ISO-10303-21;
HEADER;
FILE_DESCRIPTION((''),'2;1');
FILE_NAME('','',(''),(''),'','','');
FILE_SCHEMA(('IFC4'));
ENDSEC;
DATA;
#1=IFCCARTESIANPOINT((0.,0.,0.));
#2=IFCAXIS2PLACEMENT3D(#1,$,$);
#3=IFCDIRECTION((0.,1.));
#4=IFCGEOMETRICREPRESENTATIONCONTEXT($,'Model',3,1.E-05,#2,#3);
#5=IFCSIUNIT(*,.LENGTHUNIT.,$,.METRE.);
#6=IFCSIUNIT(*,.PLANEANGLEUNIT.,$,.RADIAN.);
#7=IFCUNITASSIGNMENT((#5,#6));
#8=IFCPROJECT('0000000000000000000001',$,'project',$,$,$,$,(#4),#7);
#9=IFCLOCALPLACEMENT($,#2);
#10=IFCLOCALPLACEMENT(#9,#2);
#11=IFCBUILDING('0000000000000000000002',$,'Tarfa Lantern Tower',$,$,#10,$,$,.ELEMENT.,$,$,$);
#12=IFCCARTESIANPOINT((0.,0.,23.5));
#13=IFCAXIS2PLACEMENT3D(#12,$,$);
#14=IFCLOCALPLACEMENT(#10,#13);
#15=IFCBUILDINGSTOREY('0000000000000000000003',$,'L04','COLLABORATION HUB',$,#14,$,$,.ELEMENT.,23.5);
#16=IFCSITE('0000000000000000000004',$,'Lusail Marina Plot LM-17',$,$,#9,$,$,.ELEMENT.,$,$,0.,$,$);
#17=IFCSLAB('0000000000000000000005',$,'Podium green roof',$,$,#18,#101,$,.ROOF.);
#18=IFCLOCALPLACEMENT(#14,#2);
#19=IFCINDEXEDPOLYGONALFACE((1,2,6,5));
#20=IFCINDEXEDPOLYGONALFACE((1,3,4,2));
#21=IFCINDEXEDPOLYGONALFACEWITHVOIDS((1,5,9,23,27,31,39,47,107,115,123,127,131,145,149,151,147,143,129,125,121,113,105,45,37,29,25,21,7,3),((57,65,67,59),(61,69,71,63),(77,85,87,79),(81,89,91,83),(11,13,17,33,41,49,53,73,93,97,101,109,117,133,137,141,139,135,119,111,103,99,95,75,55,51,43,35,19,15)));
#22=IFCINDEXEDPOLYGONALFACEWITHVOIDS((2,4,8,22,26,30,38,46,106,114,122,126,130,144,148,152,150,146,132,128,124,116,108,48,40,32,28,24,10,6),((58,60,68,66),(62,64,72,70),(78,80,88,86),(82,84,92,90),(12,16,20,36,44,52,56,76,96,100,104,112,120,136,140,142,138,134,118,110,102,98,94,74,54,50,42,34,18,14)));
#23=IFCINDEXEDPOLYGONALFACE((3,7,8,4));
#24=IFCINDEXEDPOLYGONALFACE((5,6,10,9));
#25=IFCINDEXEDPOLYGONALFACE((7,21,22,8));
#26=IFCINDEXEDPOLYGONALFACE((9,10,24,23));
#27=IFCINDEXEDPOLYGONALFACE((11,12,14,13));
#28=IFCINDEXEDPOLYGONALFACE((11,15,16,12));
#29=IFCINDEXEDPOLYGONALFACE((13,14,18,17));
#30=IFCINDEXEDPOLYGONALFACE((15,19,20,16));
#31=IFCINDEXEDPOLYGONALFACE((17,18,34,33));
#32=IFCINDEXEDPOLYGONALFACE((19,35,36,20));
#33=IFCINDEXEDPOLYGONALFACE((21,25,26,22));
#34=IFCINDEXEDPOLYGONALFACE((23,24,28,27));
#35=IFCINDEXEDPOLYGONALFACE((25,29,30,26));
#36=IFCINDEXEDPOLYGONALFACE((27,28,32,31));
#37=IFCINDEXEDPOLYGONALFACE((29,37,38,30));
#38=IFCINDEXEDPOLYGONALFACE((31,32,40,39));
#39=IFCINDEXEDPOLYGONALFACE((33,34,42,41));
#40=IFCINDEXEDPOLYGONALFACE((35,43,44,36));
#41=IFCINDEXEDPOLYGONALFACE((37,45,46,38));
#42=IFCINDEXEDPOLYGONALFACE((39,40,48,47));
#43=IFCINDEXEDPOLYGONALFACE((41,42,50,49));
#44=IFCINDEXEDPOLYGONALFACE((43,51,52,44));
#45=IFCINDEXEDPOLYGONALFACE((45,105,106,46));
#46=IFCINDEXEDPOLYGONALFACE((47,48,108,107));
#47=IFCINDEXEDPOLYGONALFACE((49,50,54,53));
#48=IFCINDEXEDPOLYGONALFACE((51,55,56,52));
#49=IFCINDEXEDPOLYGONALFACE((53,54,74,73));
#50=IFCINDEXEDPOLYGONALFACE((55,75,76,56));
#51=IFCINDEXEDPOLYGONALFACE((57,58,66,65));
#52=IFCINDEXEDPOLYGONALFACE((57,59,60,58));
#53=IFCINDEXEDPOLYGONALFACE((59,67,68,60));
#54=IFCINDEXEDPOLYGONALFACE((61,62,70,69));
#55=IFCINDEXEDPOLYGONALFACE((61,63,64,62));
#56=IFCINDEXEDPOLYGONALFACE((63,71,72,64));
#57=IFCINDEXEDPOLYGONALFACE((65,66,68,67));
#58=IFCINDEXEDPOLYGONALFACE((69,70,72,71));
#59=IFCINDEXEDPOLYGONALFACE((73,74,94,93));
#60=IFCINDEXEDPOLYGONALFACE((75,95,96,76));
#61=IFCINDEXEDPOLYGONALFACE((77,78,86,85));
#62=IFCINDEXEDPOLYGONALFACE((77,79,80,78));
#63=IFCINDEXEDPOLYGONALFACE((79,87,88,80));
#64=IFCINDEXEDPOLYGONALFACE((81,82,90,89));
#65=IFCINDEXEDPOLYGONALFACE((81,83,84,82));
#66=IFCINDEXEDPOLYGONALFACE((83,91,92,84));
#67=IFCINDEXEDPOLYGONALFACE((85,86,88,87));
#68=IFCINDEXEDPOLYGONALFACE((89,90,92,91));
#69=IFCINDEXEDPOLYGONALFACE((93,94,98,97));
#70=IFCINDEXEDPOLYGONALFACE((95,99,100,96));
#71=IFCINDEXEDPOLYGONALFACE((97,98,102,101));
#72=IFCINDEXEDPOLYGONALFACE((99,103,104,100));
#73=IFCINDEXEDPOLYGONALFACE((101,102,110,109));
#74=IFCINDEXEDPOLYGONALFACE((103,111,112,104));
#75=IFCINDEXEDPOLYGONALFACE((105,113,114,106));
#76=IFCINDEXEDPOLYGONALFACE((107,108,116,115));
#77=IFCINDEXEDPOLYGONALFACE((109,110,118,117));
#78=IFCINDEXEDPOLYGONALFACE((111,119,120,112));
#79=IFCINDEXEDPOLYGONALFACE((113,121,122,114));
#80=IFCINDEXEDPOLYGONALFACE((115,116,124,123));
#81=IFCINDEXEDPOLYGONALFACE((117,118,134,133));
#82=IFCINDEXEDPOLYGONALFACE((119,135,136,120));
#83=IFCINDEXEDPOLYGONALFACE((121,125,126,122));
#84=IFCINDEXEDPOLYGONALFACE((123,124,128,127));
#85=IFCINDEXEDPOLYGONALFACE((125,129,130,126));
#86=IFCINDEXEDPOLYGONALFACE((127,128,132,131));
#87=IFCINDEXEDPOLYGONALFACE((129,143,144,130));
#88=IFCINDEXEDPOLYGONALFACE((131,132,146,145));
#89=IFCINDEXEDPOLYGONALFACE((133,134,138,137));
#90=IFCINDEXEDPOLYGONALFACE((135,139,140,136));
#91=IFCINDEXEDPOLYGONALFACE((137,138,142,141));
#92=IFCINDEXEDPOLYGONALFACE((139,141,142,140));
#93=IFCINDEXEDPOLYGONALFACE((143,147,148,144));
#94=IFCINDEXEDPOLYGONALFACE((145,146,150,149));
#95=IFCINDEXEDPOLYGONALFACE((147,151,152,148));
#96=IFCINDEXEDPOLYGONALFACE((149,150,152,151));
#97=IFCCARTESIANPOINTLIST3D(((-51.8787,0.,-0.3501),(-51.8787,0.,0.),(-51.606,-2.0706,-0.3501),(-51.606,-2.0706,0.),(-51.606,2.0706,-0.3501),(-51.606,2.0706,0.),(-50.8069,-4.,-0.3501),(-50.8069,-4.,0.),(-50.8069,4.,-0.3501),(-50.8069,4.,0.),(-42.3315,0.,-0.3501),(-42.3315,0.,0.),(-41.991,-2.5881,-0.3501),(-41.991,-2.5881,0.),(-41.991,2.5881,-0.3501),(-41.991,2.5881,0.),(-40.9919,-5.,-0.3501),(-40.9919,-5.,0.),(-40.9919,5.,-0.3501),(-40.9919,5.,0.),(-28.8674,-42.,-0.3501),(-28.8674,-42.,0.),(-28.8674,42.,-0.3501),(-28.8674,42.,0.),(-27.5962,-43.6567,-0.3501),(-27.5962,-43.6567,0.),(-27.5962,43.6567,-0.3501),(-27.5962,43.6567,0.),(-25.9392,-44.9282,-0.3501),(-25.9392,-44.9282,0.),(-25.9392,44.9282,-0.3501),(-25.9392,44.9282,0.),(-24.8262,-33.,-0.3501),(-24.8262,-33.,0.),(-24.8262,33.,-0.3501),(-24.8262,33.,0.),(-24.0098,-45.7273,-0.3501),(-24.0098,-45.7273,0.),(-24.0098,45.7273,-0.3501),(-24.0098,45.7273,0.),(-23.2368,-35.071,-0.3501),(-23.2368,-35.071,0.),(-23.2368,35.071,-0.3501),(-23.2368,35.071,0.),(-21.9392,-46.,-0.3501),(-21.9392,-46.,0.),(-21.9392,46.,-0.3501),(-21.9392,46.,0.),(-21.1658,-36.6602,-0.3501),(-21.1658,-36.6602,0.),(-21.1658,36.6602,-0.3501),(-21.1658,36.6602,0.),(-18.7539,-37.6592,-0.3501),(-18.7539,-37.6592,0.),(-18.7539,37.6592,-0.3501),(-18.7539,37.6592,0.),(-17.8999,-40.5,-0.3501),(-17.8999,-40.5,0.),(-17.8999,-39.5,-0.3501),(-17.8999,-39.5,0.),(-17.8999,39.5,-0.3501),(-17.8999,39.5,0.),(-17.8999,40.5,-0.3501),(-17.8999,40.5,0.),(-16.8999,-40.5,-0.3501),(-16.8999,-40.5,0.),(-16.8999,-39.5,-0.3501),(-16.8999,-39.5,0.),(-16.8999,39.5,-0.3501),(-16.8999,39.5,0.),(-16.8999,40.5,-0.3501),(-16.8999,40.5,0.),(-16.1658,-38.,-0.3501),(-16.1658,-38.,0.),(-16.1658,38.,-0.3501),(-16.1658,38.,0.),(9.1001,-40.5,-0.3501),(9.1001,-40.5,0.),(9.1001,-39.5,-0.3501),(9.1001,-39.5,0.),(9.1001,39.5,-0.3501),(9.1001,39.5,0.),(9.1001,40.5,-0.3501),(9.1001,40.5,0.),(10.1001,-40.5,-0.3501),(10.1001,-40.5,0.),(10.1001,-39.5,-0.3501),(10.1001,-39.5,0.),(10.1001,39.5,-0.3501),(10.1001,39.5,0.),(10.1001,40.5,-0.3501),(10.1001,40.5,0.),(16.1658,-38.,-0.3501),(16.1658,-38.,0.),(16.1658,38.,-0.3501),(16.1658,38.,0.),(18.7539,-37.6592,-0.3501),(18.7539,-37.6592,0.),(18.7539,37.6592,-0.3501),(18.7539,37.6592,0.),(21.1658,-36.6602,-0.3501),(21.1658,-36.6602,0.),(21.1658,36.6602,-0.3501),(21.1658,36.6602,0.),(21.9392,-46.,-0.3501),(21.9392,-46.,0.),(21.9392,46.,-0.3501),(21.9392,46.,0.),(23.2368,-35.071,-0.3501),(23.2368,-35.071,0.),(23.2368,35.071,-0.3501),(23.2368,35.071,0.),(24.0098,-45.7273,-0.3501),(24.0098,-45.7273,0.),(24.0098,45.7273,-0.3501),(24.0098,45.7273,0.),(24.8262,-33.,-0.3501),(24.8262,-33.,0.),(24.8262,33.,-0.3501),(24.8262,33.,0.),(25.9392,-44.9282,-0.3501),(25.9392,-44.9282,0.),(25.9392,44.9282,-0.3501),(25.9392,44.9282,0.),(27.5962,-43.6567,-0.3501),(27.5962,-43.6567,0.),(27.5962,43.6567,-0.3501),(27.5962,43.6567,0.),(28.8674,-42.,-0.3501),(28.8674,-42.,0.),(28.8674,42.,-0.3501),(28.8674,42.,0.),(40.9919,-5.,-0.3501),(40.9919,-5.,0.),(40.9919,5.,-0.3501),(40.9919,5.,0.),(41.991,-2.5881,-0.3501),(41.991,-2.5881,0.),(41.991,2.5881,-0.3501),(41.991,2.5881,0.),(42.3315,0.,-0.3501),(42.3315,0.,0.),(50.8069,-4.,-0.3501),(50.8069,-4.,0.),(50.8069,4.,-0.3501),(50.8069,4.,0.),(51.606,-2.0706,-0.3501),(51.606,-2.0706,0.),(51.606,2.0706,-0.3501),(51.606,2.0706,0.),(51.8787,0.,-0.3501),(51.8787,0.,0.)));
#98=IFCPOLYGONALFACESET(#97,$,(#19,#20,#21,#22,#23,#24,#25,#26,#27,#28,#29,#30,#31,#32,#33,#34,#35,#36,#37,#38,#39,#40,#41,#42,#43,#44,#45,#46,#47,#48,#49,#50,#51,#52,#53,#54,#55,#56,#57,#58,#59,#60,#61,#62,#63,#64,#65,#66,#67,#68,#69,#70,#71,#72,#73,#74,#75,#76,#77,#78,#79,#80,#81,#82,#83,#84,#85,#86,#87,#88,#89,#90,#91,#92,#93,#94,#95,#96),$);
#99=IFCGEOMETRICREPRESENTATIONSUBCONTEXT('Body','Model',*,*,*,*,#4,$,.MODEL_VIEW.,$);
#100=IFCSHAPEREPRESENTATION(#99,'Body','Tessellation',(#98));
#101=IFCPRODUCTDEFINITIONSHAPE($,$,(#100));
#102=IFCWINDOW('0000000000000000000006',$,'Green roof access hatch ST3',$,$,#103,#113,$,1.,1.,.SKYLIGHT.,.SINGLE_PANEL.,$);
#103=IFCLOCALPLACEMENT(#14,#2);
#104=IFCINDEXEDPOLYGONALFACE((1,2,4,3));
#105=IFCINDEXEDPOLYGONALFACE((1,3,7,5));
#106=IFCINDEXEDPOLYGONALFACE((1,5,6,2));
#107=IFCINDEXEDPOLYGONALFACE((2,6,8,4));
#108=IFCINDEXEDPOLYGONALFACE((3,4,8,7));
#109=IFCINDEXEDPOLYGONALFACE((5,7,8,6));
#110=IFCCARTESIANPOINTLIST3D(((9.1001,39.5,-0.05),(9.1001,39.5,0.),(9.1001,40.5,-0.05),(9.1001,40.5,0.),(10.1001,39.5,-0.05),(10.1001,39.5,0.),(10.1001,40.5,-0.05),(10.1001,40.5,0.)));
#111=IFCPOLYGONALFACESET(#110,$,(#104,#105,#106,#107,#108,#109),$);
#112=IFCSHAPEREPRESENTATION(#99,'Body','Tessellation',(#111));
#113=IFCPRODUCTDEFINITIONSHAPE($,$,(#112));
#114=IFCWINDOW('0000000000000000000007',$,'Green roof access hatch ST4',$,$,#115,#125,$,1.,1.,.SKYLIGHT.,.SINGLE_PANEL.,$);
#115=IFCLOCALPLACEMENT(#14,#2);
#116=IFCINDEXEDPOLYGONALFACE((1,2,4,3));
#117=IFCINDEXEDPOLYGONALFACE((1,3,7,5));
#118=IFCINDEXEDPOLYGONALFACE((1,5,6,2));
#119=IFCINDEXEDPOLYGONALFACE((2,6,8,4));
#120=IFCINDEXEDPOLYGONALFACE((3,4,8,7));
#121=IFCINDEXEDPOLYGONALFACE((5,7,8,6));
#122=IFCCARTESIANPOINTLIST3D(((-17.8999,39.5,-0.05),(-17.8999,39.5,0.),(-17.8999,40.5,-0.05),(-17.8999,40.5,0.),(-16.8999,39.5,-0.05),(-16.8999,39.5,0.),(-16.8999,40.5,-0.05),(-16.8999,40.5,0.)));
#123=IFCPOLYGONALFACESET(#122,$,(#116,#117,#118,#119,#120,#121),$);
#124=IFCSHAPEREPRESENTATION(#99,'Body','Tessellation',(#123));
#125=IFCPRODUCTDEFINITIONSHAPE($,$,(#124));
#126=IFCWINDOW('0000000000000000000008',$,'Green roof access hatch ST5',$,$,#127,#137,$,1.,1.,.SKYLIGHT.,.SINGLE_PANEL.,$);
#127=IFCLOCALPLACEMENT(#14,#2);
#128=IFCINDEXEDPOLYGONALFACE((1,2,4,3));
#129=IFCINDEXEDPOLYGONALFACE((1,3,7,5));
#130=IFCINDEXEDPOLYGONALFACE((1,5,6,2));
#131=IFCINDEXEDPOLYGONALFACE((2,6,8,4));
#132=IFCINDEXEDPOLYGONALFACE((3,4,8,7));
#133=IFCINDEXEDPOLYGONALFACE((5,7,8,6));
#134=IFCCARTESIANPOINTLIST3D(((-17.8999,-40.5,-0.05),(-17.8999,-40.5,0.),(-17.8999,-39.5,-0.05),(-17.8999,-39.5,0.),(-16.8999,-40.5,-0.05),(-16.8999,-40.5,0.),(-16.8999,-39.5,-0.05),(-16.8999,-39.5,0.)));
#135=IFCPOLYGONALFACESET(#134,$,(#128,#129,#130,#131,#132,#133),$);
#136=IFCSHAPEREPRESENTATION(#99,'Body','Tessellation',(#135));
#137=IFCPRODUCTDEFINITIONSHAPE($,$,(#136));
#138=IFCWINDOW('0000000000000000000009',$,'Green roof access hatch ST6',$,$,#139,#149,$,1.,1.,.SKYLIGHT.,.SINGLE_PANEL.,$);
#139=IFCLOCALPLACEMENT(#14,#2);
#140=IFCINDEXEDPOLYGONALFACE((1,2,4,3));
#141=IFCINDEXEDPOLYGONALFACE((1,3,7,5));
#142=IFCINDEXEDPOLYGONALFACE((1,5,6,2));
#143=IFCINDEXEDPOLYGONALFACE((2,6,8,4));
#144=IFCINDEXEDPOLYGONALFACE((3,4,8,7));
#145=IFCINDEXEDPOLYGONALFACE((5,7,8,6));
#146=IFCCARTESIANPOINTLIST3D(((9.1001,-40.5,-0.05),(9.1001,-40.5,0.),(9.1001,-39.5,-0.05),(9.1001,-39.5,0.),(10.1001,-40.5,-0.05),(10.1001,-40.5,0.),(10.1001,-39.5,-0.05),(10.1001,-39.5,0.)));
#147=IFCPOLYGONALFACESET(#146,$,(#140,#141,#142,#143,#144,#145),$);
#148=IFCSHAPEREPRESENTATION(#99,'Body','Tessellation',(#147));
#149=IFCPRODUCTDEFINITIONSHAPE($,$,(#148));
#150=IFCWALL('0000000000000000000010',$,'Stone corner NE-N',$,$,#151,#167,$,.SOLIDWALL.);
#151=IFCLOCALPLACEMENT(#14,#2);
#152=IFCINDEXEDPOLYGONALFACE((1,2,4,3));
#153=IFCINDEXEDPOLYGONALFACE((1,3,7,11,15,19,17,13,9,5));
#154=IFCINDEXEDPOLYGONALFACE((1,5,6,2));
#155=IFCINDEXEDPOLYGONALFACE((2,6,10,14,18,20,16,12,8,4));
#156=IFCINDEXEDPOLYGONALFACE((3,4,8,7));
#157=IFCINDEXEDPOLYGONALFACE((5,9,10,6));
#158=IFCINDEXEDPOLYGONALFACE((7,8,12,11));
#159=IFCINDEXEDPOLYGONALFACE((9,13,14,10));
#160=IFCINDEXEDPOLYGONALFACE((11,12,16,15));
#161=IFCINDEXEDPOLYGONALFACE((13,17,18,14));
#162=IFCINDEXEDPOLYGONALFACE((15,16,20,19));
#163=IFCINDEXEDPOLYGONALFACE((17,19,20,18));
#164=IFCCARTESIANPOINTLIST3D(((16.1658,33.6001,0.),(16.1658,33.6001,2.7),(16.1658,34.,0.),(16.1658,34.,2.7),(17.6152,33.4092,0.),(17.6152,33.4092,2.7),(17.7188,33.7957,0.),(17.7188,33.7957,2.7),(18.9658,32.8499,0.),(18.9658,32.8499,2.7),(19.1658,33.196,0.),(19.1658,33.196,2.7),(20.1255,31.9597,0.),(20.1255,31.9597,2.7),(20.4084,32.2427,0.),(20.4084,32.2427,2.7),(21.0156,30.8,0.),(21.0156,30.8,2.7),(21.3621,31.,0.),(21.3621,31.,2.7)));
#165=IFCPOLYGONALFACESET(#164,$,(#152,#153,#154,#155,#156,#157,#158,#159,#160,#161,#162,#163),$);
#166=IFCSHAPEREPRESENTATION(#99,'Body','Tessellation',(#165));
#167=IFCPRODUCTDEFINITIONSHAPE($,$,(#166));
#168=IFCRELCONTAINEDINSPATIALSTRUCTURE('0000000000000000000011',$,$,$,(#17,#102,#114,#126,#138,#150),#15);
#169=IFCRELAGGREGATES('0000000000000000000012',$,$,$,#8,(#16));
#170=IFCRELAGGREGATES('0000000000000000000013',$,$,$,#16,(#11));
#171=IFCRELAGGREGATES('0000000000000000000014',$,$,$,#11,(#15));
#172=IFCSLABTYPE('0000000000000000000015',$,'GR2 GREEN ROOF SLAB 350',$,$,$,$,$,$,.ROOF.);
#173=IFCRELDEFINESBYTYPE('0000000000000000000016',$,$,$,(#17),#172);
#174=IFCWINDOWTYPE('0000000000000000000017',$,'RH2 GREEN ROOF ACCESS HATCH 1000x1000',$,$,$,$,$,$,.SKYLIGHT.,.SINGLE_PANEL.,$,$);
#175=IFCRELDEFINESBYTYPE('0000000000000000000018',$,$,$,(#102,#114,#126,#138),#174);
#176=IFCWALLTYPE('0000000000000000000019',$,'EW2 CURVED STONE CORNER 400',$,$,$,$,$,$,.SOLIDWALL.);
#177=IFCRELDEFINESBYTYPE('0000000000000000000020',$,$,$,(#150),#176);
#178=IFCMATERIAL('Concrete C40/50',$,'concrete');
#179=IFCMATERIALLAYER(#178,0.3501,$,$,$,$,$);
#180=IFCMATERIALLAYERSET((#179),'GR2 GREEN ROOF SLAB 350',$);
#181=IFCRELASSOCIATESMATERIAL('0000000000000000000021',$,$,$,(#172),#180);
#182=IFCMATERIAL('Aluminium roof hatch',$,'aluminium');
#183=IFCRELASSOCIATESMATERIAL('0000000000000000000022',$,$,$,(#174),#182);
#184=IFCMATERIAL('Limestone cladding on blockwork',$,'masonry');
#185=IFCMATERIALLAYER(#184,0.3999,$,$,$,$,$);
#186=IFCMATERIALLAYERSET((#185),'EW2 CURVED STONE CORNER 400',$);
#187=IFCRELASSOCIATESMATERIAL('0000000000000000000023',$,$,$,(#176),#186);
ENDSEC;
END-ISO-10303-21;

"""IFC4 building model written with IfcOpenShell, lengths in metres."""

from ifc_helpers import new_model, si_unit, direction, frame, origin, origin_2d, place, context, subcontext, project, spatial, polyline, rectangle, outline, extrude, material, layer, layer_set, type_object, element, fill, save


model = new_model("IFC4")

# Units and contexts
model_context = context("Model", 3, precision=1e-05, world=origin(), true_north=direction((0.0, 1.0)))
body_context = subcontext(model_context, "Body", "Model", "MODEL_VIEW")
ifc_project = project(units=[si_unit("LENGTHUNIT", "METRE"), si_unit("PLANEANGLEUNIT", "RADIAN")], contexts=[model_context])

# Site, building, storey
site_placement = place(None, origin())
site = spatial("IfcSite", under=ifc_project, at=site_placement, Name="Lusail Marina Plot LM-17", CompositionType="ELEMENT", RefElevation=0.0)
building_placement = place(site_placement, origin())
building = spatial("IfcBuilding", under=site, at=building_placement, Name="Tarfa Lantern Tower", CompositionType="ELEMENT")
storey_placement = place(building_placement, frame((0.0, 0.0, 23.5)))
storey = spatial("IfcBuildingStorey", under=building, at=storey_placement, Name="L04", Description="COLLABORATION HUB", CompositionType="ELEMENT", Elevation=23.5)

# Shared definitions
ifc_material_1 = material(Name="Concrete C40/50", Category="concrete")

# Slab, openings, windows
ifc_layer_1 = layer(ifc_material_1, 0.3501)
ifc_layer_set_1 = layer_set([ifc_layer_1], Name="GR2 GREEN ROOF SLAB 350")
slab_type_1 = type_object("IfcSlabType", Name="GR2 GREEN ROOF SLAB 350", PredefinedType="ROOF", material=ifc_layer_set_1)
slab_1_placement = place(storey_placement, frame((0.0, 0.0, -0.3501)))
slab_1 = element("IfcSlab", 1, at=slab_1_placement, inside=storey, type_object=slab_type_1, Name="Podium green roof", PredefinedType="ROOF", context=body_context, shape_type="SweptSolid", body=[
    extrude(outline(polyline([(50.8069, 4.0), (28.8674, 42.0), (27.5962, 43.6567), (25.9392, 44.9282), (24.0098, 45.7273), (21.9392, 46.0), (-21.9392, 46.0), (-24.0098, 45.7273), (-25.9392, 44.9282), (-27.5962, 43.6567), (-28.8674, 42.0), (-50.8069, 4.0), (-51.606, 2.0706), (-51.8787, 0.0), (-51.606, -2.0706), (-50.8069, -4.0), (-28.8674, -42.0), (-27.5962, -43.6567), (-25.9392, -44.9282), (-24.0098, -45.7273), (-21.9392, -46.0), (21.9392, -46.0), (24.0098, -45.7273), (25.9392, -44.9282), (27.5962, -43.6567), (28.8674, -42.0), (50.8069, -4.0), (51.606, -2.0706), (51.8787, 0.0), (51.606, 2.0706), (50.8069, 4.0)]), holes=[polyline([(40.9919, 5.0), (24.8262, 33.0), (23.2368, 35.071), (21.1658, 36.6602), (18.7539, 37.6592), (16.1658, 38.0), (-16.1658, 38.0), (-18.7539, 37.6592), (-21.1658, 36.6602), (-23.2368, 35.071), (-24.8262, 33.0), (-40.9919, 5.0), (-41.991, 2.5881), (-42.3315, 0.0), (-41.991, -2.5881), (-40.9919, -5.0), (-24.8262, -33.0), (-23.2368, -35.071), (-21.1658, -36.6602), (-18.7539, -37.6592), (-16.1658, -38.0), (16.1658, -38.0), (18.7539, -37.6592), (21.1658, -36.6602), (23.2368, -35.071), (24.8262, -33.0), (40.9919, -5.0), (41.991, -2.5881), (42.3315, 0.0), (41.991, 2.5881), (40.9919, 5.0)])]), origin(), (0.0, 0.0, 1.0), 0.3501),
])
opening_1_placement = place(slab_1_placement, frame((9.6001, 40.0, 0.0)))
opening_1 = element("IfcOpeningElement", 2, at=opening_1_placement, cuts=slab_1, PredefinedType="OPENING", context=body_context, shape_type="SweptSolid", body=[
    extrude(rectangle(XDim=1.0, YDim=1.0, at=origin_2d()), origin(), (0.0, 0.0, 1.0), 0.3501),
])
opening_2_placement = place(slab_1_placement, frame((-17.3999, 40.0, 0.0)))
opening_2 = element("IfcOpeningElement", 3, at=opening_2_placement, cuts=slab_1, PredefinedType="OPENING", context=body_context, shape_type="SweptSolid", body=[
    extrude(rectangle(XDim=1.0, YDim=1.0, at=origin_2d()), origin(), (0.0, 0.0, 1.0), 0.3501),
])
opening_3_placement = place(slab_1_placement, frame((-17.3999, -40.0, 0.0)))
opening_3 = element("IfcOpeningElement", 4, at=opening_3_placement, cuts=slab_1, PredefinedType="OPENING", context=body_context, shape_type="SweptSolid", body=[
    extrude(rectangle(XDim=1.0, YDim=1.0, at=origin_2d()), origin(), (0.0, 0.0, 1.0), 0.3501),
])
opening_4_placement = place(slab_1_placement, frame((9.6001, -40.0, 0.0)))
opening_4 = element("IfcOpeningElement", 5, at=opening_4_placement, cuts=slab_1, PredefinedType="OPENING", context=body_context, shape_type="SweptSolid", body=[
    extrude(rectangle(XDim=1.0, YDim=1.0, at=origin_2d()), origin(), (0.0, 0.0, 1.0), 0.3501),
])
ifc_material_2 = material(Name="Aluminium roof hatch", Category="aluminium")
window_type = type_object("IfcWindowType", Name="RH2 GREEN ROOF ACCESS HATCH 1000x1000", PartitioningType="SINGLE_PANEL", PredefinedType="SKYLIGHT", material=ifc_material_2)
window_1_placement = place(opening_1_placement, frame((0.0, 0.0, 0.3)))
window_1 = element("IfcWindow", 6, at=window_1_placement, inside=storey, type_object=window_type, Name="Green roof access hatch ST3", OverallHeight=1.0, OverallWidth=1.0, PartitioningType="SINGLE_PANEL", PredefinedType="SKYLIGHT", context=body_context, shape_type="SweptSolid", body=[
    extrude(rectangle(XDim=1.0, YDim=1.0, at=origin_2d()), origin(), (0.0, 0.0, 1.0), 0.05),
])
fill(opening_1, window_1)
window_2_placement = place(opening_2_placement, frame((0.0, 0.0, 0.3)))
window_2 = element("IfcWindow", 7, at=window_2_placement, inside=storey, type_object=window_type, Name="Green roof access hatch ST4", OverallHeight=1.0, OverallWidth=1.0, PartitioningType="SINGLE_PANEL", PredefinedType="SKYLIGHT", context=body_context, shape_type="SweptSolid", body=[
    extrude(rectangle(XDim=1.0, YDim=1.0, at=origin_2d()), origin(), (0.0, 0.0, 1.0), 0.05),
])
fill(opening_2, window_2)
window_3_placement = place(opening_3_placement, frame((0.0, 0.0, 0.3)))
window_3 = element("IfcWindow", 8, at=window_3_placement, inside=storey, type_object=window_type, Name="Green roof access hatch ST5", OverallHeight=1.0, OverallWidth=1.0, PartitioningType="SINGLE_PANEL", PredefinedType="SKYLIGHT", context=body_context, shape_type="SweptSolid", body=[
    extrude(rectangle(XDim=1.0, YDim=1.0, at=origin_2d()), origin(), (0.0, 0.0, 1.0), 0.05),
])
fill(opening_3, window_3)
window_4_placement = place(opening_4_placement, frame((0.0, 0.0, 0.3)))
window_4 = element("IfcWindow", 9, at=window_4_placement, inside=storey, type_object=window_type, Name="Green roof access hatch ST6", OverallHeight=1.0, OverallWidth=1.0, PartitioningType="SINGLE_PANEL", PredefinedType="SKYLIGHT", context=body_context, shape_type="SweptSolid", body=[
    extrude(rectangle(XDim=1.0, YDim=1.0, at=origin_2d()), origin(), (0.0, 0.0, 1.0), 0.05),
])
fill(opening_4, window_4)

# Wall
ifc_material_3 = material(Name="Limestone cladding on blockwork", Category="masonry")
ifc_layer_2 = layer(ifc_material_3, 0.3999)
ifc_layer_set_2 = layer_set([ifc_layer_2], Name="EW2 CURVED STONE CORNER 400")
wall_type_1 = type_object("IfcWallType", Name="EW2 CURVED STONE CORNER 400", PredefinedType="SOLIDWALL", material=ifc_layer_set_2)
wall_1_placement = place(storey_placement, origin())
element("IfcWall", 10, at=wall_1_placement, inside=storey, type_object=wall_type_1, Name="Stone corner NE-N", PredefinedType="SOLIDWALL", context=body_context, shape_type="SweptSolid", body=[
    extrude(outline(polyline([(21.3621, 31.0), (20.4084, 32.2427), (19.1658, 33.196), (17.7188, 33.7957), (16.1658, 34.0), (16.1658, 33.6001), (17.6152, 33.4092), (18.9658, 32.8499), (20.1255, 31.9597), (21.0156, 30.8), (21.3621, 31.0)])), origin(), (0.0, 0.0, 1.0), 2.7),
])

save(model, "model.ifc")
